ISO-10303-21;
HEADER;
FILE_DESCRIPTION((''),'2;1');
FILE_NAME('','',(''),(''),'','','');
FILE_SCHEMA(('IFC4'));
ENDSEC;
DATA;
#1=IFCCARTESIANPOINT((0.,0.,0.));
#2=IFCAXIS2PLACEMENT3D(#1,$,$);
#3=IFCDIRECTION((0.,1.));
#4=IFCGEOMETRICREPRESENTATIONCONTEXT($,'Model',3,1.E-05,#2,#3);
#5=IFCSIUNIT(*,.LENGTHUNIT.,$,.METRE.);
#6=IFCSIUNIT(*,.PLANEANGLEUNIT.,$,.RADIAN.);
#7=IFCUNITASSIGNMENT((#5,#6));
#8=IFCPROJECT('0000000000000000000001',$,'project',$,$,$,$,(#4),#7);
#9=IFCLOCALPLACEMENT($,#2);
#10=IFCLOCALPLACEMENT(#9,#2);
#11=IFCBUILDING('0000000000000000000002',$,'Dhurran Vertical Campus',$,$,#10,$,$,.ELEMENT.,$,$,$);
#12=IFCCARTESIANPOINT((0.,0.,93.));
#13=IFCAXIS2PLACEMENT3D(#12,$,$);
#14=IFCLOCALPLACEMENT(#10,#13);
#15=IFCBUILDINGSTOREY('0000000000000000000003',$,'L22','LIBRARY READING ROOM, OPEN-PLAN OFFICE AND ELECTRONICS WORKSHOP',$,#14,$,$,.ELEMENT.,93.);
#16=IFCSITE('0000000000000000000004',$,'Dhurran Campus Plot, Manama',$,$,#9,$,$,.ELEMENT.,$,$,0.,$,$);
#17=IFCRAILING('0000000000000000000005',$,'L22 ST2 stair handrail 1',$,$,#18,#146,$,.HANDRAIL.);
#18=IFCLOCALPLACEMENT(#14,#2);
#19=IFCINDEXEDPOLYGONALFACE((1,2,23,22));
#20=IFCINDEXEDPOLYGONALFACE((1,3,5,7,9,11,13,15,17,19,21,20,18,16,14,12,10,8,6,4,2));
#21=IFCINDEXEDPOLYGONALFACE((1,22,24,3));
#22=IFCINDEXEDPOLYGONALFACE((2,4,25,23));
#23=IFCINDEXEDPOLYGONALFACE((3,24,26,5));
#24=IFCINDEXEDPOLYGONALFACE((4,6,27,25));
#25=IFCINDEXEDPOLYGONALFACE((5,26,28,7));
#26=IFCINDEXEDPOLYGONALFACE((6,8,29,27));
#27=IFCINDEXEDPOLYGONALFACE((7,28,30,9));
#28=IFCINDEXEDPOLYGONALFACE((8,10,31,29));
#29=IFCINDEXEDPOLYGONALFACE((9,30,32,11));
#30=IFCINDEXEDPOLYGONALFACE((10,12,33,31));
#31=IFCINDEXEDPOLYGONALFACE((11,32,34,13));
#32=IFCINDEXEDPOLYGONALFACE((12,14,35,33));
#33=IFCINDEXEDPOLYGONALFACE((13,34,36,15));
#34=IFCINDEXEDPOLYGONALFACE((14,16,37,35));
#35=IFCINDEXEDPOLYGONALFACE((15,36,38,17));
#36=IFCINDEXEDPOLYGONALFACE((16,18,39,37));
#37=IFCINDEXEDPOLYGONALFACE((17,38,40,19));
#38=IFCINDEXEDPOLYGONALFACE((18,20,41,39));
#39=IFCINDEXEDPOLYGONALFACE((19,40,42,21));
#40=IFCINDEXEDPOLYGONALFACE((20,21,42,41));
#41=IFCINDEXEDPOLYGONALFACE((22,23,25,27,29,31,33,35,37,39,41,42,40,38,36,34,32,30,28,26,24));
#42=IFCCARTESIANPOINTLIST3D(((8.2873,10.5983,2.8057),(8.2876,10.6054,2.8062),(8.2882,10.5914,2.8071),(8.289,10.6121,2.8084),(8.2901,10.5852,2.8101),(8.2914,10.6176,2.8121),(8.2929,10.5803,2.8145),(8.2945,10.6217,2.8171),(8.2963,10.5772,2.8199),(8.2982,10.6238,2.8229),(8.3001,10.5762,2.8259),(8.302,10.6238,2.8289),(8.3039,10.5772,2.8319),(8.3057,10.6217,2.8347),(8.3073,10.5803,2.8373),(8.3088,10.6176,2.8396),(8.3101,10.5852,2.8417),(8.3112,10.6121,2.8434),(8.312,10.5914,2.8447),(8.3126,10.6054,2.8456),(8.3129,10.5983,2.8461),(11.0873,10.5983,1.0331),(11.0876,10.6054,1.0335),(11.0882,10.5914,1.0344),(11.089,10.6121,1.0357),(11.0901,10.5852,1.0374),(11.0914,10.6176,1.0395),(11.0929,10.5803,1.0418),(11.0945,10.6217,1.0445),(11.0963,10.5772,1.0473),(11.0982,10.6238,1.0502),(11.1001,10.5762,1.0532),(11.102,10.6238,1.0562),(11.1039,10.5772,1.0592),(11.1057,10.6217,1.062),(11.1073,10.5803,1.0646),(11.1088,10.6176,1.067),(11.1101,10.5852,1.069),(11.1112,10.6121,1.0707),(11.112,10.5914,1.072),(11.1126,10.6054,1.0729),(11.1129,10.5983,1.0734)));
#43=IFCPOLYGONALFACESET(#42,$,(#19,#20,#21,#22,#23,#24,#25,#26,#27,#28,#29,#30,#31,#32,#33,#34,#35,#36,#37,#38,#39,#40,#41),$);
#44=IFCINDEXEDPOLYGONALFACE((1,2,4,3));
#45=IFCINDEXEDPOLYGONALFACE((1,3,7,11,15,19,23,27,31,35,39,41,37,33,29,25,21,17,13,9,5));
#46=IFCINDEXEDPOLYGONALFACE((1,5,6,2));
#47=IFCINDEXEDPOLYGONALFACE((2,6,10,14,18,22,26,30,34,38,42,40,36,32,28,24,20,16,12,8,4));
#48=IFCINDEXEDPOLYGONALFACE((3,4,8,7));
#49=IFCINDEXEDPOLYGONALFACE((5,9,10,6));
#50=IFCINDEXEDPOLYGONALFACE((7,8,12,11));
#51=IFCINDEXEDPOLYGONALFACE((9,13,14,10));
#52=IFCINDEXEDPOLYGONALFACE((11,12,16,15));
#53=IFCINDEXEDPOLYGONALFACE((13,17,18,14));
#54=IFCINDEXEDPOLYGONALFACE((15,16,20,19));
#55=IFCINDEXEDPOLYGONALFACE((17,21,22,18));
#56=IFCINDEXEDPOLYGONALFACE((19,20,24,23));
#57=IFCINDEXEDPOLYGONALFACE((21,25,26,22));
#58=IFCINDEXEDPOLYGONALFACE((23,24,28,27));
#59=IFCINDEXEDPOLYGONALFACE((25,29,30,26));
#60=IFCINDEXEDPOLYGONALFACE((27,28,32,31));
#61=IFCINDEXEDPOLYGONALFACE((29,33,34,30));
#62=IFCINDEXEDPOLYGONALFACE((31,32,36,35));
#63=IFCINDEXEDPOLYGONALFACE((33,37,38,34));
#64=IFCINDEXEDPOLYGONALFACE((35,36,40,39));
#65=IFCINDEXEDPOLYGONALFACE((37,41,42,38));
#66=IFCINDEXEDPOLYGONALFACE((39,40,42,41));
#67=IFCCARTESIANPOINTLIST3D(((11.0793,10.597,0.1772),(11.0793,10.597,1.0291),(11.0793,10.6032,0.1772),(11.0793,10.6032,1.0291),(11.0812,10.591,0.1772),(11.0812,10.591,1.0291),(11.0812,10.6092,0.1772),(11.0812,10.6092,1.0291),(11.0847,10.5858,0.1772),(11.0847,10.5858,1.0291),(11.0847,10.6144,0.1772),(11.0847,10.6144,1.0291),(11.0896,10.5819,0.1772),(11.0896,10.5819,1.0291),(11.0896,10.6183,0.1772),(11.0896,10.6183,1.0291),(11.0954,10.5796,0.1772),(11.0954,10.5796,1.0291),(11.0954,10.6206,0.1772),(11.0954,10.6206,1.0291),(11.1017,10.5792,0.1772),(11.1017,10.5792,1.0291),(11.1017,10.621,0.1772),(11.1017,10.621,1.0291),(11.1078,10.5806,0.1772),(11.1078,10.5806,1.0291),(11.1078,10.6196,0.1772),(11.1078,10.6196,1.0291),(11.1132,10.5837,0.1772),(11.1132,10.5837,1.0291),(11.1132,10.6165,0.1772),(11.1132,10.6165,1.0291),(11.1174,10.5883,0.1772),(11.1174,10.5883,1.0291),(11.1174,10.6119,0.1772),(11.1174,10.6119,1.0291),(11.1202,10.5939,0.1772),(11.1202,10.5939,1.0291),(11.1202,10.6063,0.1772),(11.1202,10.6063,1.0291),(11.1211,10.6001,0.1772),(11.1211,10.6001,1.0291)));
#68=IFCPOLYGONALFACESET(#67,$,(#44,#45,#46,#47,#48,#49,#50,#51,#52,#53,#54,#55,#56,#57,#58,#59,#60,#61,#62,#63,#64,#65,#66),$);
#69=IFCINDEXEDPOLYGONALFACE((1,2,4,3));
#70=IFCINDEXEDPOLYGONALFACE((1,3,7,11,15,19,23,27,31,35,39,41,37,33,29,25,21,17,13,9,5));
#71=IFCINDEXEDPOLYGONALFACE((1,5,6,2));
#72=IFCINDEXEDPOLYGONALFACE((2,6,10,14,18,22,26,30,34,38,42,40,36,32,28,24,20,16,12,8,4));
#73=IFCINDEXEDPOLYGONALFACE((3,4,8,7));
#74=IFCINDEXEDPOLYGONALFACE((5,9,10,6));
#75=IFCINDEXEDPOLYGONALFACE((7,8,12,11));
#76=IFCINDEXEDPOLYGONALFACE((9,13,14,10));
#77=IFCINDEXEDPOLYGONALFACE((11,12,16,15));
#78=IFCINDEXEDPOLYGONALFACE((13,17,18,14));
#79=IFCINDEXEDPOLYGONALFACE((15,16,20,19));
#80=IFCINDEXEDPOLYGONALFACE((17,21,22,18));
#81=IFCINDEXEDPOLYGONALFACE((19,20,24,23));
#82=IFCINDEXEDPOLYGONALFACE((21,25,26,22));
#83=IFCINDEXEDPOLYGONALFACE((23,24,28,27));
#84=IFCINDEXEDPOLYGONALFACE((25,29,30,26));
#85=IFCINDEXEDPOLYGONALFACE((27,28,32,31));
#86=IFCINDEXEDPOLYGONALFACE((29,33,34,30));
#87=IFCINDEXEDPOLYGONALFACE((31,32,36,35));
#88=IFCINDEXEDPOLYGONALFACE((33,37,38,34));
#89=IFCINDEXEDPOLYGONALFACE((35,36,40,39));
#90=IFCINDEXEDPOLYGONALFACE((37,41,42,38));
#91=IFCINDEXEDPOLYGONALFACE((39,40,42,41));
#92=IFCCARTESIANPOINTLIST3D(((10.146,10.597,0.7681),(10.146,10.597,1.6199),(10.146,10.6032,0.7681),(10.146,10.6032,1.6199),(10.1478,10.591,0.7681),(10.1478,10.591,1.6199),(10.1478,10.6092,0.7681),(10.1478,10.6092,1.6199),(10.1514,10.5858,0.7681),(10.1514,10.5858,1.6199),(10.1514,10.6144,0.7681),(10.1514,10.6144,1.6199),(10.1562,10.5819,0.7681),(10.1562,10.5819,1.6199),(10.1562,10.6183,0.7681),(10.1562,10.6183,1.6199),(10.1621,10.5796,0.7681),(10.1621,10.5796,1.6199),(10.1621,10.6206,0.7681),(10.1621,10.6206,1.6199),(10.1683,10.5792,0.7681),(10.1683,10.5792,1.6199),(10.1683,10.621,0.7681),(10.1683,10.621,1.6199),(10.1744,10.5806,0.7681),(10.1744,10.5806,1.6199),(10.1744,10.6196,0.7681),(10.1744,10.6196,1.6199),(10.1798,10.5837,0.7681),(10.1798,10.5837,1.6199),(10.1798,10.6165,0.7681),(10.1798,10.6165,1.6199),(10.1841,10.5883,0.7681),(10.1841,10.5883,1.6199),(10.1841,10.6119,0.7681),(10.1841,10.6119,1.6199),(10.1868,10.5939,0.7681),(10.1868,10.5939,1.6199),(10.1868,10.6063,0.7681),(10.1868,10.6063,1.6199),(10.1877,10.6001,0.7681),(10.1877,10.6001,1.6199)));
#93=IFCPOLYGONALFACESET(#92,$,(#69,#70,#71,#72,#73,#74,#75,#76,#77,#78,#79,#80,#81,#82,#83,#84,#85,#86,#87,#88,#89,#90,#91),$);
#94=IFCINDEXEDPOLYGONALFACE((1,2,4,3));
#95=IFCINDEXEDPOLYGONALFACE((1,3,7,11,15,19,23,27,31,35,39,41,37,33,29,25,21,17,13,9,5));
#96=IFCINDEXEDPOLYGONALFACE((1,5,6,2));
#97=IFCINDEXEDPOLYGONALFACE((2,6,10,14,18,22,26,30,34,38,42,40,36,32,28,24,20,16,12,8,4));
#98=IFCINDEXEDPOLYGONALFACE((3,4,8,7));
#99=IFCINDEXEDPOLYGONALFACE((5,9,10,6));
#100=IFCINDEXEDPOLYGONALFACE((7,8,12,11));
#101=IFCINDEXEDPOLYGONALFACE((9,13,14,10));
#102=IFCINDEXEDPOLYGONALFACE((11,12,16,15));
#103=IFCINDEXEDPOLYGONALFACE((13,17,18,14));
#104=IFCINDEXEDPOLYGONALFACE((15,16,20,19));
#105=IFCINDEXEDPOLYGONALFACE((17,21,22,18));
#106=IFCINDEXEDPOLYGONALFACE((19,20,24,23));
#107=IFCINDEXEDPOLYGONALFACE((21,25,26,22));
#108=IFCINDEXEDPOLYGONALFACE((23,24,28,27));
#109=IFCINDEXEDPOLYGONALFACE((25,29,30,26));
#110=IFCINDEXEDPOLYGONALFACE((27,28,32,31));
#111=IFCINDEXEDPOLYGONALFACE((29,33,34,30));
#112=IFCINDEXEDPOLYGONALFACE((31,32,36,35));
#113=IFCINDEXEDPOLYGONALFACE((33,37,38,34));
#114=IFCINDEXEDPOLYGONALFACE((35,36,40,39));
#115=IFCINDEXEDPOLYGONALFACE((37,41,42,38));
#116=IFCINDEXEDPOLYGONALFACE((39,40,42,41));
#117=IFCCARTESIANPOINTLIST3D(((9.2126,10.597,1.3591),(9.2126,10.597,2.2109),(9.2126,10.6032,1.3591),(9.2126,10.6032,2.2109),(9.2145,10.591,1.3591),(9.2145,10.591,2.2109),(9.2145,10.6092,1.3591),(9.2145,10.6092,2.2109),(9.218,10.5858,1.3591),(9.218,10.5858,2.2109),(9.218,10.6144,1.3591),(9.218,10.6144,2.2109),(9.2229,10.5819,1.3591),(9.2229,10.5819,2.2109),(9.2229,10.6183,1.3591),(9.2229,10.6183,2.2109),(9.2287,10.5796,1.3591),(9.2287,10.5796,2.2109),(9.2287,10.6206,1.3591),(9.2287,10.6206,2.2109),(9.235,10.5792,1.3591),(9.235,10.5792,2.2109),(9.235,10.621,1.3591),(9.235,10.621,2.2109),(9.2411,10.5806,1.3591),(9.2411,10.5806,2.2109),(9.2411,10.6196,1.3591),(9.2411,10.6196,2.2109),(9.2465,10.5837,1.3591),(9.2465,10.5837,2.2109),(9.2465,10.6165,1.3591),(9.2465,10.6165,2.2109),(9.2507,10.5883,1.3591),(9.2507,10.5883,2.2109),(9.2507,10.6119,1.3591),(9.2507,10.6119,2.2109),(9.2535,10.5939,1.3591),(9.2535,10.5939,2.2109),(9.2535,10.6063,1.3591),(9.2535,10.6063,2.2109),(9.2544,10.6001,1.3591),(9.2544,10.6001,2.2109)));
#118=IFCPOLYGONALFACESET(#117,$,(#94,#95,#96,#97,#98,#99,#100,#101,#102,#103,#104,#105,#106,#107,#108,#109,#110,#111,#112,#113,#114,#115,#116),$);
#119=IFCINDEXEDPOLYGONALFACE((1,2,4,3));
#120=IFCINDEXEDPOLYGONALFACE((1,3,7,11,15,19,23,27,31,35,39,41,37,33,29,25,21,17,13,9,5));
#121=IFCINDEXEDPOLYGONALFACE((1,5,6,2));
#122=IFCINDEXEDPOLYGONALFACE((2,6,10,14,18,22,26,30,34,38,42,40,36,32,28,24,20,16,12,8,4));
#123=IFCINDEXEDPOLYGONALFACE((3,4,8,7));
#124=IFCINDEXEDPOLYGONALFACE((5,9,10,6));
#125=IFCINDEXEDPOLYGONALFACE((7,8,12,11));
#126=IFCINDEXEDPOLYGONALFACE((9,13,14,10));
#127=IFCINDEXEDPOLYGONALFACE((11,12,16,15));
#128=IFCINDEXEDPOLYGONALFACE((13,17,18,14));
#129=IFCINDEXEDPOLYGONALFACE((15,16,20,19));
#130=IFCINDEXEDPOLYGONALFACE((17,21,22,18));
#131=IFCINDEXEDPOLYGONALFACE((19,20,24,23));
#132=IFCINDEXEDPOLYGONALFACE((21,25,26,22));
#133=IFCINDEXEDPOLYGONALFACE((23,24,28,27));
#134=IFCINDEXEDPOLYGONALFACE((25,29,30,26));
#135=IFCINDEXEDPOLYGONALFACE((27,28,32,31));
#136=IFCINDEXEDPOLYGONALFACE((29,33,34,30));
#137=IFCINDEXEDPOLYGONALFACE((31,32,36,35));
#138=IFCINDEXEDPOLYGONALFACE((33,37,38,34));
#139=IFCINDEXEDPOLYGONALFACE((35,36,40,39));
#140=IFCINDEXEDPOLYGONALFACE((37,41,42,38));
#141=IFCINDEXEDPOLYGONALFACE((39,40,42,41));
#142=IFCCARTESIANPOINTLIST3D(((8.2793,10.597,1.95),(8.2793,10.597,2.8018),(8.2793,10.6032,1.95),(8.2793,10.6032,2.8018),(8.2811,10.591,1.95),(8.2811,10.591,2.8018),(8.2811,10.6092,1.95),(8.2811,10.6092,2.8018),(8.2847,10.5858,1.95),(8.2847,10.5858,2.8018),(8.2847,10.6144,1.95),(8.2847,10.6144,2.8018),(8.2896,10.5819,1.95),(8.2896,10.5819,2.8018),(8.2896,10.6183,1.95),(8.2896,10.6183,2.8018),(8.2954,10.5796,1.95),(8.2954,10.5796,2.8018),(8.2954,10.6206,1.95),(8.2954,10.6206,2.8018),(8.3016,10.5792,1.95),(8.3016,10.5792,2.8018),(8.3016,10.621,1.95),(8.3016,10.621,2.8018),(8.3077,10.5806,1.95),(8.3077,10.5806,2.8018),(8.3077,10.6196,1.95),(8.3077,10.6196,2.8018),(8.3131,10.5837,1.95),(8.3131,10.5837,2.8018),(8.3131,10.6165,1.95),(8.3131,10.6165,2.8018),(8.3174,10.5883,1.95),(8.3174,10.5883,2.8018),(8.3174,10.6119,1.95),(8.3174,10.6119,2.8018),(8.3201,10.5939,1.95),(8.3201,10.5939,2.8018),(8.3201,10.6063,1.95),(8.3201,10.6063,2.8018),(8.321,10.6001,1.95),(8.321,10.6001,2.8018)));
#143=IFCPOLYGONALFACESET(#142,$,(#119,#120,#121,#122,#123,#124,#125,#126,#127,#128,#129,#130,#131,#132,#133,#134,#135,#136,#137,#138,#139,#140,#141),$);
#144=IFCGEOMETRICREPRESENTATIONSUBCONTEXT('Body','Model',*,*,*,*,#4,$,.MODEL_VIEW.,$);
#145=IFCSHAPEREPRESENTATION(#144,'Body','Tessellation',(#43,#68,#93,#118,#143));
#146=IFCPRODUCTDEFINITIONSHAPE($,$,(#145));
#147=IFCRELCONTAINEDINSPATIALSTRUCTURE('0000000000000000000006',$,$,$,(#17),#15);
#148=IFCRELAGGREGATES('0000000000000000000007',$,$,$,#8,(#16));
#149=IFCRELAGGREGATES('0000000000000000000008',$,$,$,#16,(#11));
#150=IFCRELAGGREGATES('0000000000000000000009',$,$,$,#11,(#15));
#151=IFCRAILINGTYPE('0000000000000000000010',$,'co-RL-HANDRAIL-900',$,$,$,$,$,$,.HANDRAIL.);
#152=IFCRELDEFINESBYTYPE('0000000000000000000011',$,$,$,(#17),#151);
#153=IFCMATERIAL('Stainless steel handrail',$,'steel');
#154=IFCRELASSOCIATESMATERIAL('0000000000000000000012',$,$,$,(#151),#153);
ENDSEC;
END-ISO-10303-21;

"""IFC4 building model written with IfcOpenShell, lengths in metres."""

from ifc_helpers import new_model, si_unit, direction, frame, origin, origin_2d, place, context, subcontext, project, spatial, circle, extrude, material, type_object, element, save


model = new_model("IFC4")

# Units and contexts
model_context = context("Model", 3, precision=1e-05, world=origin(), true_north=direction((0.0, 1.0)))
body_context = subcontext(model_context, "Body", "Model", "MODEL_VIEW")
ifc_project = project(units=[si_unit("LENGTHUNIT", "METRE"), si_unit("PLANEANGLEUNIT", "RADIAN")], contexts=[model_context])

# Site, building, storey
site_placement = place(None, origin())
site = spatial("IfcSite", under=ifc_project, at=site_placement, Name="Dhurran Campus Plot, Manama", CompositionType="ELEMENT", RefElevation=0.0)
building_placement = place(site_placement, origin())
building = spatial("IfcBuilding", under=site, at=building_placement, Name="Dhurran Vertical Campus", CompositionType="ELEMENT")
storey_placement = place(building_placement, frame((0.0, 0.0, 93.0)))
storey = spatial("IfcBuildingStorey", under=building, at=storey_placement, Name="L22", Description="LIBRARY READING ROOM, OPEN-PLAN OFFICE AND ELECTRONICS WORKSHOP", CompositionType="ELEMENT", Elevation=93.0)

# Railing
ifc_material_1 = material(Name="Stainless steel handrail", Category="steel")
railing_type_1 = type_object("IfcRailingType", Name="co-RL-HANDRAIL-900", PredefinedType="HANDRAIL", material=ifc_material_1)
railing_1_placement = place(storey_placement, frame((11.1001, 10.6001, 0.1772)))
element("IfcRailing", 1, at=railing_1_placement, inside=storey, type_object=railing_type_1, Name="L22 ST2 stair handrail 1", PredefinedType="HANDRAIL", context=body_context, shape_type="SweptSolid", body=[
    extrude(circle(Radius=0.0239, at=origin_2d()), frame((0.0, 0.0, 0.876), z_axis=(-0.844909, 0.0, 0.53491), x_axis=(0.0, -1.0, 0.0)), (0.0, 0.0, 1.0), 3.314),
    extrude(circle(Radius=0.021, at=origin_2d()), origin(), (0.0, 0.0, 1.0), 0.8518),
    extrude(circle(Radius=0.021, at=origin_2d()), frame((-0.9333, 0.0, 0.5908)), (0.0, 0.0, 1.0), 0.8518),
    extrude(circle(Radius=0.021, at=origin_2d()), frame((-1.8667, 0.0, 1.1819)), (0.0, 0.0, 1.0), 0.8518),
    extrude(circle(Radius=0.021, at=origin_2d()), frame((-2.8, 0.0, 1.7727)), (0.0, 0.0, 1.0), 0.8518),
])

save(model, "model.ifc")
